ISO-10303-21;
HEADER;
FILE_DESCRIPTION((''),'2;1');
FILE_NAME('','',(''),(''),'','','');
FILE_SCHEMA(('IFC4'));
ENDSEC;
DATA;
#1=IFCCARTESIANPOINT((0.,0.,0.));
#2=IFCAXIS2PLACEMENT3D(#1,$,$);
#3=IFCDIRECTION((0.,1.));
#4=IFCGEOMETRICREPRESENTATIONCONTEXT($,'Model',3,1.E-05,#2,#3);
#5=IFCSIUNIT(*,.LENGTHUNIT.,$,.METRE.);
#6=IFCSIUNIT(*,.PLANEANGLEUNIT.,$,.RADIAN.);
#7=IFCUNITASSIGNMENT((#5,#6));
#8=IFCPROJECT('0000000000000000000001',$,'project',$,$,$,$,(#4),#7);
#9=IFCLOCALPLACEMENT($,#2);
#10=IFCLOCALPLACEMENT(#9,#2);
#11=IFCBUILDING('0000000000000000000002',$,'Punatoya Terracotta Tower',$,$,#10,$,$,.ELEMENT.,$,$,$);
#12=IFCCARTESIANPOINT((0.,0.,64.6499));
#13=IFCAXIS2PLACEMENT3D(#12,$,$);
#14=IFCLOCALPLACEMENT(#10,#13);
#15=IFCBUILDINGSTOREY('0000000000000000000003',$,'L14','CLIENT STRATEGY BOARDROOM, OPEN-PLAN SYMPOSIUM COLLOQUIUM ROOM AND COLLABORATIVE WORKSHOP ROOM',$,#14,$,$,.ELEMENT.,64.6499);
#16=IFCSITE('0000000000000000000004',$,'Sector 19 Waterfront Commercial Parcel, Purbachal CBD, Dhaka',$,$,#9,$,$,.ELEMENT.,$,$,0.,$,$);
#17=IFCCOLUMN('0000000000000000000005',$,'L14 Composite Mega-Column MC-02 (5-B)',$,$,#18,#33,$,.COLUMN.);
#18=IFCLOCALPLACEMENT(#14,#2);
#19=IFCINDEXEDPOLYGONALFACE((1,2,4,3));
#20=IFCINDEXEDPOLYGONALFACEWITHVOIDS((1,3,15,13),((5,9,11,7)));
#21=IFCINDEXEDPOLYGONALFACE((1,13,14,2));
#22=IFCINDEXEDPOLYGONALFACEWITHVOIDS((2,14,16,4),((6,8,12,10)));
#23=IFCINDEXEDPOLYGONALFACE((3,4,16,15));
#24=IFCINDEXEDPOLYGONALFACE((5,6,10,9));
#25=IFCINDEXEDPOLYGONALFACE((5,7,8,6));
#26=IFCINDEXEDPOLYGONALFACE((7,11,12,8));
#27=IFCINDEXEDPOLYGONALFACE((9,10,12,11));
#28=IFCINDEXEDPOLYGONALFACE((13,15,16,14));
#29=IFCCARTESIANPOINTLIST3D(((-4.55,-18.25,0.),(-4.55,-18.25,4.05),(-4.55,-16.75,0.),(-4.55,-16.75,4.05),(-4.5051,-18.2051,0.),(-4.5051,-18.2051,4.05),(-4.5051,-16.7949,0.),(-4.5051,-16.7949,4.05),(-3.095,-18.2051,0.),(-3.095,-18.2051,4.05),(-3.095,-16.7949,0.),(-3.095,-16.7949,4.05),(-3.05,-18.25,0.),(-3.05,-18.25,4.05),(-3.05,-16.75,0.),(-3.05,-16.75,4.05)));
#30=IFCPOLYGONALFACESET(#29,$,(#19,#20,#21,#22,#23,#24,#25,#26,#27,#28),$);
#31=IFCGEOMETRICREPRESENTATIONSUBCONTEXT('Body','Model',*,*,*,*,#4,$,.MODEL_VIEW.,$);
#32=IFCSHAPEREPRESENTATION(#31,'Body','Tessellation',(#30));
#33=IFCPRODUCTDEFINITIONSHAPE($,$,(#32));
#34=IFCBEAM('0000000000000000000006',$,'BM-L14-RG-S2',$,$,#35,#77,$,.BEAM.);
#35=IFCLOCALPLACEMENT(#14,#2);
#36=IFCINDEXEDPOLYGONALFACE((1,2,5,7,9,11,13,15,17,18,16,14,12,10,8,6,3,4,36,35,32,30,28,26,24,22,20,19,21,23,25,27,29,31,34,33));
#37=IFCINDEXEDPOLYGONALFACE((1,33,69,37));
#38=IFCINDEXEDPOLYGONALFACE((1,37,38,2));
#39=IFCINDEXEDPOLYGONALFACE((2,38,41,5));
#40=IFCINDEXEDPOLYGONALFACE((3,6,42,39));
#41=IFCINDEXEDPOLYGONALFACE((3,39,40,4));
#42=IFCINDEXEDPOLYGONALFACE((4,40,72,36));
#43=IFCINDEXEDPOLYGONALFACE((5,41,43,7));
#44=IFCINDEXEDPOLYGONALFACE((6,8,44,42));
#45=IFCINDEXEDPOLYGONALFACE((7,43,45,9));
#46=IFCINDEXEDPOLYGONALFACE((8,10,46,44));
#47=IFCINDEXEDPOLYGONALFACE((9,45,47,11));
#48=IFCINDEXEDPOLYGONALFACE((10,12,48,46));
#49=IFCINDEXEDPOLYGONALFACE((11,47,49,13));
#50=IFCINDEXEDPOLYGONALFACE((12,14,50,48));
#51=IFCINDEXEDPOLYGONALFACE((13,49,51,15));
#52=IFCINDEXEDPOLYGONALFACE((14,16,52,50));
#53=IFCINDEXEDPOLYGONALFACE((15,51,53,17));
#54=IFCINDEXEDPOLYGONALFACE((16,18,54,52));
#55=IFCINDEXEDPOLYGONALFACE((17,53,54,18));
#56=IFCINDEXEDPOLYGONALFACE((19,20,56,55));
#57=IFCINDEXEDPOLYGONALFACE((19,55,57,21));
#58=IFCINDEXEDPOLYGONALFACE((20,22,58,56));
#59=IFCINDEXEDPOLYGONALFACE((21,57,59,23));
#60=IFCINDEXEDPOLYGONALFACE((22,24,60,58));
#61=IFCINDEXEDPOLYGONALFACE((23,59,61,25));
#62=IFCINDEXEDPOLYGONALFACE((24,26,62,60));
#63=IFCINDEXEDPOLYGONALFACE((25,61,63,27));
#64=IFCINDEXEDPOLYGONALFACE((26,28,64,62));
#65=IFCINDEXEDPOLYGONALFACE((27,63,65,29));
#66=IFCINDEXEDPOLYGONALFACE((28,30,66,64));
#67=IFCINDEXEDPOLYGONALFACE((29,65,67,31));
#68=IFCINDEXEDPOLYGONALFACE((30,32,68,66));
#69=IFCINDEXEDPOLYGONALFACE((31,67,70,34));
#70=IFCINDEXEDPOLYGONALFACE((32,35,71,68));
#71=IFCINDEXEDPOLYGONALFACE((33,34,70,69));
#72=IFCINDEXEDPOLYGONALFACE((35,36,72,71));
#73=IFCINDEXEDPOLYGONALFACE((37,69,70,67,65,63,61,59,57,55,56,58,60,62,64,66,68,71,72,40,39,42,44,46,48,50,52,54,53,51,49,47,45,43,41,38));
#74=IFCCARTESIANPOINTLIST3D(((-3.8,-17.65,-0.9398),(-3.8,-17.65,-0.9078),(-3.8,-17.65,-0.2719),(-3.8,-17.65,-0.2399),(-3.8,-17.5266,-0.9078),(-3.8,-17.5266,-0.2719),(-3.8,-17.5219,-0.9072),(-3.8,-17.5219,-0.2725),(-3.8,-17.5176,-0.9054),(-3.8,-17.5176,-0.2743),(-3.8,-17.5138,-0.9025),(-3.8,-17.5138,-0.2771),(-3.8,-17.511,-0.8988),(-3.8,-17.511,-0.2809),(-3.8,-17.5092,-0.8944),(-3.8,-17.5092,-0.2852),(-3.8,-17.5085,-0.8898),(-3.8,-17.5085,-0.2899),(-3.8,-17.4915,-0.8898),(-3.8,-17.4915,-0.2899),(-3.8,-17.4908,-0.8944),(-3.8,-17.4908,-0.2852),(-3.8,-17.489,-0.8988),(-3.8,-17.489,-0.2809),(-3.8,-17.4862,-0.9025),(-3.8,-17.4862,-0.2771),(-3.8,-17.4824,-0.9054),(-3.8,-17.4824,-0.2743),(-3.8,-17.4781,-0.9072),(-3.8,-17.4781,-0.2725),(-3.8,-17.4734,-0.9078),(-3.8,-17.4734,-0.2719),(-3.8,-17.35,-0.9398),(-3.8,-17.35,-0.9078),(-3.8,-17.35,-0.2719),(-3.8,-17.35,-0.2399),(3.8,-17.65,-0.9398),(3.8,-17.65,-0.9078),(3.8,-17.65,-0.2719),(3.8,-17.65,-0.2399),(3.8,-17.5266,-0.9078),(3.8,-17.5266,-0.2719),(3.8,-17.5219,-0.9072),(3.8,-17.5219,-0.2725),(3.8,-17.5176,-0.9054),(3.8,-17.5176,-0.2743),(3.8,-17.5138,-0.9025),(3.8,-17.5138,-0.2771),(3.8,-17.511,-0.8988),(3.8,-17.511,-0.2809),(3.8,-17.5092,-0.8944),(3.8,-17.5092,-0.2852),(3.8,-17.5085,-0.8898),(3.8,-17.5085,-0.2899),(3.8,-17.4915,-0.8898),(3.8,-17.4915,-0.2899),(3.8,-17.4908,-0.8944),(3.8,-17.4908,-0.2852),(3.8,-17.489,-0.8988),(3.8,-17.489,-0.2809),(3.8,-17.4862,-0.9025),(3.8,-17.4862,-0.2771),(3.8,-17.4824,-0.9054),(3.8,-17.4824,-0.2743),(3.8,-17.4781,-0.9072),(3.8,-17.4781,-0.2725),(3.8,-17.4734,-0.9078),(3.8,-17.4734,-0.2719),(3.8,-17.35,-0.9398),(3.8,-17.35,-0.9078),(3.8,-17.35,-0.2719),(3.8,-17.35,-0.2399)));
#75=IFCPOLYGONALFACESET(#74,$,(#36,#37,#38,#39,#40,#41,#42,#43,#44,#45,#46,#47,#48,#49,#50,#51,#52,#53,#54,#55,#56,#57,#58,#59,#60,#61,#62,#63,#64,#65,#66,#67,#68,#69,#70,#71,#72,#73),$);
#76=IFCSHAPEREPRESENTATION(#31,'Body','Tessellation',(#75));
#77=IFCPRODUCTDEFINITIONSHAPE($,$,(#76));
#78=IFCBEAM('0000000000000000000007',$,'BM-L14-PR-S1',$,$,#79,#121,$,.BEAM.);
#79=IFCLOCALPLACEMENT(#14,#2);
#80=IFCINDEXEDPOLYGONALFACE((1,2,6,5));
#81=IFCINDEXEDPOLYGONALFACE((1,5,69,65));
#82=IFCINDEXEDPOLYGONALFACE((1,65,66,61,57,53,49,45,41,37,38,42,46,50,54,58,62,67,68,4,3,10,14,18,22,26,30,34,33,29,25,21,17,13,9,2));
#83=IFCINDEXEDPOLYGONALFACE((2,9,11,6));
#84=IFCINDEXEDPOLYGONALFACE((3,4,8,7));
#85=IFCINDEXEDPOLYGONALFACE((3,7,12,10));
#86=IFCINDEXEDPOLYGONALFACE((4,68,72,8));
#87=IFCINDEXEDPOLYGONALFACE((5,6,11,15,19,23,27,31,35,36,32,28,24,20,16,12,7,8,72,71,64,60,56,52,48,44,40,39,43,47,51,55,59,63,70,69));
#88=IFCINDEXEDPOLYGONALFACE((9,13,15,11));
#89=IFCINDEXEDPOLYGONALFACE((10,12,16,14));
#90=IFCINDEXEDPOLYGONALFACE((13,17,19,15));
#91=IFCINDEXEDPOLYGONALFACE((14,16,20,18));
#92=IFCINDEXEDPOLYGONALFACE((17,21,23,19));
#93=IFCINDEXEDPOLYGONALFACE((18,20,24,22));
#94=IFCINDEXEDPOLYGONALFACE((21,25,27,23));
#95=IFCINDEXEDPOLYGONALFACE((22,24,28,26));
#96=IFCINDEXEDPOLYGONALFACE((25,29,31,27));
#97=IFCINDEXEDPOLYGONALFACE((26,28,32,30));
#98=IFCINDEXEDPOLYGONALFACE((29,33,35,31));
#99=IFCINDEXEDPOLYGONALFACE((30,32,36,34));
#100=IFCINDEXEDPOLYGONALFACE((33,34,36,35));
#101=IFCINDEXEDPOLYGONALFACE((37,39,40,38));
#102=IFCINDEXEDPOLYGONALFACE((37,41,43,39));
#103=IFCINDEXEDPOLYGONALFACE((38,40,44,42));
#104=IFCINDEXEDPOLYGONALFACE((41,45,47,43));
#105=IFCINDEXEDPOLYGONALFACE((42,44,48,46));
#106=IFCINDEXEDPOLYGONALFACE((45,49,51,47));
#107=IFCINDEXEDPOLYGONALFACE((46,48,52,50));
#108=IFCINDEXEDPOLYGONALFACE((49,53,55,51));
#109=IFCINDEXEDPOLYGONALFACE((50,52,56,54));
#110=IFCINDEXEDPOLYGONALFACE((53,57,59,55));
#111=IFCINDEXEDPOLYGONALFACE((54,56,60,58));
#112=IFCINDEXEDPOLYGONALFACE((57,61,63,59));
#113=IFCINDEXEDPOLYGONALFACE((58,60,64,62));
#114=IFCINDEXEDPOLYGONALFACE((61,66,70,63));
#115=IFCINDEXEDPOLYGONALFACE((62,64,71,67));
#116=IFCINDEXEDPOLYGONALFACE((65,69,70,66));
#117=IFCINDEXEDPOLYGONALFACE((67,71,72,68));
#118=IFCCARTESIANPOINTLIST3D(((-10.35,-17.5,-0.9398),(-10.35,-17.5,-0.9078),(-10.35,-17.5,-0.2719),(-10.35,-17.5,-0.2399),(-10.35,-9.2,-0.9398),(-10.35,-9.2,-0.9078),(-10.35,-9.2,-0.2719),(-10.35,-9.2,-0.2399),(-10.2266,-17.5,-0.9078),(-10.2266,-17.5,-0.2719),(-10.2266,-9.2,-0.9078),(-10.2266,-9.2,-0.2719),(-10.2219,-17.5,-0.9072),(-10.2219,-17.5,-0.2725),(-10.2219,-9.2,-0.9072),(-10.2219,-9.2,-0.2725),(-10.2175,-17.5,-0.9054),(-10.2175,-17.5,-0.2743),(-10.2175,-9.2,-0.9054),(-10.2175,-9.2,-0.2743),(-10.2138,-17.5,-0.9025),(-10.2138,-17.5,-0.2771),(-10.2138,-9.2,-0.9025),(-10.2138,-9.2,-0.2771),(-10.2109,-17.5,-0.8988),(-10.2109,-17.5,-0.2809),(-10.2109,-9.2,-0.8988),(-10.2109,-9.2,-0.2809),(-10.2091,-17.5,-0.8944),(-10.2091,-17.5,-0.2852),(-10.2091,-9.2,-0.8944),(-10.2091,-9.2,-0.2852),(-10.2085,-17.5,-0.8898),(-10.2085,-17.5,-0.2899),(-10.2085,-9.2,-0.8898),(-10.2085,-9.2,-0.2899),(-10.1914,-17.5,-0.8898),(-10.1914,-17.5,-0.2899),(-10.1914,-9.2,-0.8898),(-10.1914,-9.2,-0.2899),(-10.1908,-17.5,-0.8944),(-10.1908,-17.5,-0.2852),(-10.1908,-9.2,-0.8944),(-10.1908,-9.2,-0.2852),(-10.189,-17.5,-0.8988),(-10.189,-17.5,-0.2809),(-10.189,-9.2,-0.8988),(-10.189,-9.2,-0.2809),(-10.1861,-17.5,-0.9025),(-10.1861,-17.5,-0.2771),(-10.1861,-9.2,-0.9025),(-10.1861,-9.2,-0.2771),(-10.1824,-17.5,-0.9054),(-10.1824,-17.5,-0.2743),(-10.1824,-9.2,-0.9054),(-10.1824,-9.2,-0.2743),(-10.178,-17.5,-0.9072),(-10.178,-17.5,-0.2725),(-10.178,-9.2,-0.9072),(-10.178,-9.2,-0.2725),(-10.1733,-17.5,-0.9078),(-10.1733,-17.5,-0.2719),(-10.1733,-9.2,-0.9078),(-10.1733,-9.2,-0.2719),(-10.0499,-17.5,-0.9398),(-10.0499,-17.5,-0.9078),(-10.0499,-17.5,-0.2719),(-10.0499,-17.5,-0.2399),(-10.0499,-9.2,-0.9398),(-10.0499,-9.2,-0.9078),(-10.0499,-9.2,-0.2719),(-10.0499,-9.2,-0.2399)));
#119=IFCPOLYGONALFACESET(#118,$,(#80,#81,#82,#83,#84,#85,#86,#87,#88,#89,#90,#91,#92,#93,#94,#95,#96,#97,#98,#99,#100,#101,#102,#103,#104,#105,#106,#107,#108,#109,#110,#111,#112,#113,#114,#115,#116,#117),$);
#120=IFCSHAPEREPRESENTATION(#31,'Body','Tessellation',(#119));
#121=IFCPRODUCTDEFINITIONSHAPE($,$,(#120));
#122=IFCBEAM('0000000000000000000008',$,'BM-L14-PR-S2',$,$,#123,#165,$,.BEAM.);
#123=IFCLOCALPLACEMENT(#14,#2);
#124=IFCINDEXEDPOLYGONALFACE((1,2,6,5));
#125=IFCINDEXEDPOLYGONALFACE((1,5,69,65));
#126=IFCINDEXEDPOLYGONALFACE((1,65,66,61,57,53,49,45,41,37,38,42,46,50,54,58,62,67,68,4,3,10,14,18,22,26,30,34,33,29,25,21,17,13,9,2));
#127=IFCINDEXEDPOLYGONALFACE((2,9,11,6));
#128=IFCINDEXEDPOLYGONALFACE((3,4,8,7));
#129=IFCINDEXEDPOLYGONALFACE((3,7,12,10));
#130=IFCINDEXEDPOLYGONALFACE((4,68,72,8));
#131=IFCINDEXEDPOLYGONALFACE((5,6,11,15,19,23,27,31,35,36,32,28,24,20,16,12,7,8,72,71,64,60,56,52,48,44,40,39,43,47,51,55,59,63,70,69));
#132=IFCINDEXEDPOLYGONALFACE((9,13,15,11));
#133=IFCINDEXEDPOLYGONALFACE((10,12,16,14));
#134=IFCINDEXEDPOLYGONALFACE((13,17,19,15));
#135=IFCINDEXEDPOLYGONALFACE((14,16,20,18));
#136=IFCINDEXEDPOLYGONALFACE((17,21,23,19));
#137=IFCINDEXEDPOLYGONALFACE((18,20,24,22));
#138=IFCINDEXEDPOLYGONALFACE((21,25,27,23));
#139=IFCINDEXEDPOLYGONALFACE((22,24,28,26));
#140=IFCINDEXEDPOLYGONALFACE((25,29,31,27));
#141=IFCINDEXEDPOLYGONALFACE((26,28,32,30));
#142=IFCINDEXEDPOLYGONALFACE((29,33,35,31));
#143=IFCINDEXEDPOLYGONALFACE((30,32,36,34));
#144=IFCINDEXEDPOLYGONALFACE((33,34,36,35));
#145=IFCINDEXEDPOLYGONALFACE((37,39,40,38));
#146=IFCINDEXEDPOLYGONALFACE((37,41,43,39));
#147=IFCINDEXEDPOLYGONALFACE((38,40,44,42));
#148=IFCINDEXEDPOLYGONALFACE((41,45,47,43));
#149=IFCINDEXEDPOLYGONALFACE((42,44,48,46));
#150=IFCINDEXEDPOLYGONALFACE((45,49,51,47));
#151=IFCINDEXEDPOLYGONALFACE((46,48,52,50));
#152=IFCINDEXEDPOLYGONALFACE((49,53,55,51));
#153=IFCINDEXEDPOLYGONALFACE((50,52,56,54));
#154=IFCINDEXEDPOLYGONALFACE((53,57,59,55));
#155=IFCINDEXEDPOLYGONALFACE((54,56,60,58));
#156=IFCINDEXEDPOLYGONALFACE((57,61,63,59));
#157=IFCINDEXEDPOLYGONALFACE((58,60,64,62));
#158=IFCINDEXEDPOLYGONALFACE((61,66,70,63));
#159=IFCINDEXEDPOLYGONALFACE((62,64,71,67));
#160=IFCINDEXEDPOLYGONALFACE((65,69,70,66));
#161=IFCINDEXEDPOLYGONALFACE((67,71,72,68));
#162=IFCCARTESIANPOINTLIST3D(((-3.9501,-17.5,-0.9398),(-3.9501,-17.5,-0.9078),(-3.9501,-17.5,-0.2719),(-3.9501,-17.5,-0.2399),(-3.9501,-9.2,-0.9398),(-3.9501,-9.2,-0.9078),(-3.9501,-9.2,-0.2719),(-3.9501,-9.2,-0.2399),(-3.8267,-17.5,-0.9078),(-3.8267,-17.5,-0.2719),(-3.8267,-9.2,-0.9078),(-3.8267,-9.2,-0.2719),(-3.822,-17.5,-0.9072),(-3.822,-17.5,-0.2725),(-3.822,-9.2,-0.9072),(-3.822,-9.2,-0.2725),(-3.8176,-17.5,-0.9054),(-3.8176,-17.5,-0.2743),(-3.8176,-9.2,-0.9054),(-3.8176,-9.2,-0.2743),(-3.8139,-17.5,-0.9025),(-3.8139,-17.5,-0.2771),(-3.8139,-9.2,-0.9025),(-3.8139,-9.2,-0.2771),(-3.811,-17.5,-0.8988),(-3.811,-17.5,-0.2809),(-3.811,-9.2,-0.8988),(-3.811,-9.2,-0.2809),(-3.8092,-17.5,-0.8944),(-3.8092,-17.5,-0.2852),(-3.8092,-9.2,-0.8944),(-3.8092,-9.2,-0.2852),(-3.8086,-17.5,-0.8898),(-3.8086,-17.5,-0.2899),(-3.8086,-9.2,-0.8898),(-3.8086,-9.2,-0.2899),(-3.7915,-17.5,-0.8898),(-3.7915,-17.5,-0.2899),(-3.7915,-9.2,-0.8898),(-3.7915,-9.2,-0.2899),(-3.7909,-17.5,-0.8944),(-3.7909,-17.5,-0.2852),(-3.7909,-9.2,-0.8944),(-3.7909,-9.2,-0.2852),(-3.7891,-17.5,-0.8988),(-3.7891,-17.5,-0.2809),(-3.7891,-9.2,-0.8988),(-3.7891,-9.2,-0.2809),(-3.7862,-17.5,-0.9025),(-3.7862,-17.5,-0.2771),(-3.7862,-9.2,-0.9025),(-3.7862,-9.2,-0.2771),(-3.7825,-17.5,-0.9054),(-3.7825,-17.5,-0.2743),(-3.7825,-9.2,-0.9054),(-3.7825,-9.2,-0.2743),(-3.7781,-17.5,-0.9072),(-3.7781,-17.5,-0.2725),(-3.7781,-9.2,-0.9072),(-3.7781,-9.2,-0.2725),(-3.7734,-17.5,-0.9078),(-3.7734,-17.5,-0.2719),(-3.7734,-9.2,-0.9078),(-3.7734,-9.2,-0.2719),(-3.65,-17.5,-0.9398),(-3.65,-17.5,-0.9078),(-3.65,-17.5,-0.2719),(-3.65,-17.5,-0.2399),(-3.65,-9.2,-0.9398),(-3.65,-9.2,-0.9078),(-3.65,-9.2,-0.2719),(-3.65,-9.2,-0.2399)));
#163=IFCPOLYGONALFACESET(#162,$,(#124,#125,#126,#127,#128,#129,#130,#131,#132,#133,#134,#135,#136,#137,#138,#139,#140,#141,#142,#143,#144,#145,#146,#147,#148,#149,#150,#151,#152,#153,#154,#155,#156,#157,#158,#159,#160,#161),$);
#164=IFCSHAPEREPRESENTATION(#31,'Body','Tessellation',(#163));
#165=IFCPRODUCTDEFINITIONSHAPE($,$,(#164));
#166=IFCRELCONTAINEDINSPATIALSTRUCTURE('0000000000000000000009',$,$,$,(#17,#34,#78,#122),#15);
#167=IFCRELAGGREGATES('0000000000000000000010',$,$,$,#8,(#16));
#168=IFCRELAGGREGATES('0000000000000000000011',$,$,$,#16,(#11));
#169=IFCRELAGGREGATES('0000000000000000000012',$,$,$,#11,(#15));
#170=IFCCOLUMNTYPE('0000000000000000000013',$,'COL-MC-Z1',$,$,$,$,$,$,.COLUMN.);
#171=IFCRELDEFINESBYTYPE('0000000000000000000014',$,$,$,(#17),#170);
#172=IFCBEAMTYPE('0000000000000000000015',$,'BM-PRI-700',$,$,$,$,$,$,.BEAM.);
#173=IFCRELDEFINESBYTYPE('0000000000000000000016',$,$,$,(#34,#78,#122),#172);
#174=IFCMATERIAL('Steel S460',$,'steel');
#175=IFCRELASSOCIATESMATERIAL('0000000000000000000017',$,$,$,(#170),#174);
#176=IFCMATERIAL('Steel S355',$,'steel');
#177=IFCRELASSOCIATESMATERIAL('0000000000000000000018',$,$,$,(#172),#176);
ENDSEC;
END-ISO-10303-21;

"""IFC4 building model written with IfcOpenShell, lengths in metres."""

from ifc_helpers import new_model, si_unit, direction, frame, origin, origin_2d, place, context, subcontext, project, spatial, hollow_rectangle, i_section, extrude, material, material_profile, profile_set, type_object, element, save


model = new_model("IFC4")

# Units and contexts
model_context = context("Model", 3, precision=1e-05, world=origin(), true_north=direction((0.0, 1.0)))
body_context = subcontext(model_context, "Body", "Model", "MODEL_VIEW")
ifc_project = project(units=[si_unit("LENGTHUNIT", "METRE"), si_unit("PLANEANGLEUNIT", "RADIAN")], contexts=[model_context])

# Site, building, storey
site_placement = place(None, origin())
site = spatial("IfcSite", under=ifc_project, at=site_placement, Name="Sector 19 Waterfront Commercial Parcel, Purbachal CBD, Dhaka", CompositionType="ELEMENT", RefElevation=0.0)
building_placement = place(site_placement, origin())
building = spatial("IfcBuilding", under=site, at=building_placement, Name="Punatoya Terracotta Tower", CompositionType="ELEMENT")
storey_placement = place(building_placement, frame((0.0, 0.0, 64.6499)))
storey = spatial("IfcBuildingStorey", under=building, at=storey_placement, Name="L14", Description="CLIENT STRATEGY BOARDROOM, OPEN-PLAN SYMPOSIUM COLLOQUIUM ROOM AND COLLABORATIVE WORKSHOP ROOM", CompositionType="ELEMENT", Elevation=64.6499)

# Column
ifc_material_1 = material(Name="Steel S460", Category="steel")
ifc_material_profile_1 = material_profile(ifc_material_1, hollow_rectangle(XDim=1.5, YDim=1.5, WallThickness=0.0449, at=origin_2d()))
ifc_profile_set_1 = profile_set([ifc_material_profile_1], Name="Steel S460")
column_type = type_object("IfcColumnType", Name="COL-MC-Z1", PredefinedType="COLUMN", material=ifc_profile_set_1)
column_placement = place(storey_placement, frame((-3.8, -17.5, 0.0), z_axis=(0.0, 0.0, 1.0), x_axis=(1.0, 0.0, 0.0)))
element("IfcColumn", 1, at=column_placement, inside=storey, type_object=column_type, Name="L14 Composite Mega-Column MC-02 (5-B)", PredefinedType="COLUMN", context=body_context, shape_type="SweptSolid", body=[
    extrude(hollow_rectangle(XDim=1.5, YDim=1.5, WallThickness=0.0449, at=origin_2d()), origin(), (0.0, 0.0, 1.0), 4.05),
])

# Beams
ifc_material_2 = material(Name="Steel S355", Category="steel")
ifc_material_profile_2 = material_profile(ifc_material_2, i_section(OverallWidth=0.3, OverallDepth=0.7, WebThickness=0.0171, FlangeThickness=0.032, FilletRadius=0.0181, at=origin_2d()))
ifc_profile_set_2 = profile_set([ifc_material_profile_2], Name="Steel S355")
beam_type_1 = type_object("IfcBeamType", Name="BM-PRI-700", PredefinedType="BEAM", material=ifc_profile_set_2)
beam_1_placement = place(storey_placement, frame((-3.8, -17.5, -0.5898), z_axis=(1.0, 0.0, 0.0), x_axis=(0.0, 1.0, 0.0)))
element("IfcBeam", 2, at=beam_1_placement, inside=storey, type_object=beam_type_1, Name="BM-L14-RG-S2", PredefinedType="BEAM", context=body_context, shape_type="SweptSolid", body=[
    extrude(i_section(OverallWidth=0.3, OverallDepth=0.7, WebThickness=0.0171, FlangeThickness=0.032, FilletRadius=0.0181, at=origin_2d()), origin(), (0.0, 0.0, 1.0), 7.6001),
])
for number, where, z_axis, x_axis, name in (
    (3, (-10.2, -17.5, -0.5898), (0.0, 1.0, 0.0), (-1.0, 0.0, 0.0), "BM-L14-PR-S1"),
    (4, (-3.8, -17.5, -0.5898), (0.0, 1.0, 0.0), (-1.0, 0.0, 0.0), "BM-L14-PR-S2"),
):
    element("IfcBeam", number, at=place(storey_placement, frame(where, z_axis=z_axis, x_axis=x_axis)), inside=storey, type_object=beam_type_1, Name=name, PredefinedType="BEAM", context=body_context, shape_type="SweptSolid", body=[
        extrude(i_section(OverallWidth=0.3, OverallDepth=0.7, WebThickness=0.0171, FlangeThickness=0.032, FilletRadius=0.0181, at=origin_2d()), origin(), (0.0, 0.0, 1.0), 8.3),
    ])

save(model, "model.ifc")
